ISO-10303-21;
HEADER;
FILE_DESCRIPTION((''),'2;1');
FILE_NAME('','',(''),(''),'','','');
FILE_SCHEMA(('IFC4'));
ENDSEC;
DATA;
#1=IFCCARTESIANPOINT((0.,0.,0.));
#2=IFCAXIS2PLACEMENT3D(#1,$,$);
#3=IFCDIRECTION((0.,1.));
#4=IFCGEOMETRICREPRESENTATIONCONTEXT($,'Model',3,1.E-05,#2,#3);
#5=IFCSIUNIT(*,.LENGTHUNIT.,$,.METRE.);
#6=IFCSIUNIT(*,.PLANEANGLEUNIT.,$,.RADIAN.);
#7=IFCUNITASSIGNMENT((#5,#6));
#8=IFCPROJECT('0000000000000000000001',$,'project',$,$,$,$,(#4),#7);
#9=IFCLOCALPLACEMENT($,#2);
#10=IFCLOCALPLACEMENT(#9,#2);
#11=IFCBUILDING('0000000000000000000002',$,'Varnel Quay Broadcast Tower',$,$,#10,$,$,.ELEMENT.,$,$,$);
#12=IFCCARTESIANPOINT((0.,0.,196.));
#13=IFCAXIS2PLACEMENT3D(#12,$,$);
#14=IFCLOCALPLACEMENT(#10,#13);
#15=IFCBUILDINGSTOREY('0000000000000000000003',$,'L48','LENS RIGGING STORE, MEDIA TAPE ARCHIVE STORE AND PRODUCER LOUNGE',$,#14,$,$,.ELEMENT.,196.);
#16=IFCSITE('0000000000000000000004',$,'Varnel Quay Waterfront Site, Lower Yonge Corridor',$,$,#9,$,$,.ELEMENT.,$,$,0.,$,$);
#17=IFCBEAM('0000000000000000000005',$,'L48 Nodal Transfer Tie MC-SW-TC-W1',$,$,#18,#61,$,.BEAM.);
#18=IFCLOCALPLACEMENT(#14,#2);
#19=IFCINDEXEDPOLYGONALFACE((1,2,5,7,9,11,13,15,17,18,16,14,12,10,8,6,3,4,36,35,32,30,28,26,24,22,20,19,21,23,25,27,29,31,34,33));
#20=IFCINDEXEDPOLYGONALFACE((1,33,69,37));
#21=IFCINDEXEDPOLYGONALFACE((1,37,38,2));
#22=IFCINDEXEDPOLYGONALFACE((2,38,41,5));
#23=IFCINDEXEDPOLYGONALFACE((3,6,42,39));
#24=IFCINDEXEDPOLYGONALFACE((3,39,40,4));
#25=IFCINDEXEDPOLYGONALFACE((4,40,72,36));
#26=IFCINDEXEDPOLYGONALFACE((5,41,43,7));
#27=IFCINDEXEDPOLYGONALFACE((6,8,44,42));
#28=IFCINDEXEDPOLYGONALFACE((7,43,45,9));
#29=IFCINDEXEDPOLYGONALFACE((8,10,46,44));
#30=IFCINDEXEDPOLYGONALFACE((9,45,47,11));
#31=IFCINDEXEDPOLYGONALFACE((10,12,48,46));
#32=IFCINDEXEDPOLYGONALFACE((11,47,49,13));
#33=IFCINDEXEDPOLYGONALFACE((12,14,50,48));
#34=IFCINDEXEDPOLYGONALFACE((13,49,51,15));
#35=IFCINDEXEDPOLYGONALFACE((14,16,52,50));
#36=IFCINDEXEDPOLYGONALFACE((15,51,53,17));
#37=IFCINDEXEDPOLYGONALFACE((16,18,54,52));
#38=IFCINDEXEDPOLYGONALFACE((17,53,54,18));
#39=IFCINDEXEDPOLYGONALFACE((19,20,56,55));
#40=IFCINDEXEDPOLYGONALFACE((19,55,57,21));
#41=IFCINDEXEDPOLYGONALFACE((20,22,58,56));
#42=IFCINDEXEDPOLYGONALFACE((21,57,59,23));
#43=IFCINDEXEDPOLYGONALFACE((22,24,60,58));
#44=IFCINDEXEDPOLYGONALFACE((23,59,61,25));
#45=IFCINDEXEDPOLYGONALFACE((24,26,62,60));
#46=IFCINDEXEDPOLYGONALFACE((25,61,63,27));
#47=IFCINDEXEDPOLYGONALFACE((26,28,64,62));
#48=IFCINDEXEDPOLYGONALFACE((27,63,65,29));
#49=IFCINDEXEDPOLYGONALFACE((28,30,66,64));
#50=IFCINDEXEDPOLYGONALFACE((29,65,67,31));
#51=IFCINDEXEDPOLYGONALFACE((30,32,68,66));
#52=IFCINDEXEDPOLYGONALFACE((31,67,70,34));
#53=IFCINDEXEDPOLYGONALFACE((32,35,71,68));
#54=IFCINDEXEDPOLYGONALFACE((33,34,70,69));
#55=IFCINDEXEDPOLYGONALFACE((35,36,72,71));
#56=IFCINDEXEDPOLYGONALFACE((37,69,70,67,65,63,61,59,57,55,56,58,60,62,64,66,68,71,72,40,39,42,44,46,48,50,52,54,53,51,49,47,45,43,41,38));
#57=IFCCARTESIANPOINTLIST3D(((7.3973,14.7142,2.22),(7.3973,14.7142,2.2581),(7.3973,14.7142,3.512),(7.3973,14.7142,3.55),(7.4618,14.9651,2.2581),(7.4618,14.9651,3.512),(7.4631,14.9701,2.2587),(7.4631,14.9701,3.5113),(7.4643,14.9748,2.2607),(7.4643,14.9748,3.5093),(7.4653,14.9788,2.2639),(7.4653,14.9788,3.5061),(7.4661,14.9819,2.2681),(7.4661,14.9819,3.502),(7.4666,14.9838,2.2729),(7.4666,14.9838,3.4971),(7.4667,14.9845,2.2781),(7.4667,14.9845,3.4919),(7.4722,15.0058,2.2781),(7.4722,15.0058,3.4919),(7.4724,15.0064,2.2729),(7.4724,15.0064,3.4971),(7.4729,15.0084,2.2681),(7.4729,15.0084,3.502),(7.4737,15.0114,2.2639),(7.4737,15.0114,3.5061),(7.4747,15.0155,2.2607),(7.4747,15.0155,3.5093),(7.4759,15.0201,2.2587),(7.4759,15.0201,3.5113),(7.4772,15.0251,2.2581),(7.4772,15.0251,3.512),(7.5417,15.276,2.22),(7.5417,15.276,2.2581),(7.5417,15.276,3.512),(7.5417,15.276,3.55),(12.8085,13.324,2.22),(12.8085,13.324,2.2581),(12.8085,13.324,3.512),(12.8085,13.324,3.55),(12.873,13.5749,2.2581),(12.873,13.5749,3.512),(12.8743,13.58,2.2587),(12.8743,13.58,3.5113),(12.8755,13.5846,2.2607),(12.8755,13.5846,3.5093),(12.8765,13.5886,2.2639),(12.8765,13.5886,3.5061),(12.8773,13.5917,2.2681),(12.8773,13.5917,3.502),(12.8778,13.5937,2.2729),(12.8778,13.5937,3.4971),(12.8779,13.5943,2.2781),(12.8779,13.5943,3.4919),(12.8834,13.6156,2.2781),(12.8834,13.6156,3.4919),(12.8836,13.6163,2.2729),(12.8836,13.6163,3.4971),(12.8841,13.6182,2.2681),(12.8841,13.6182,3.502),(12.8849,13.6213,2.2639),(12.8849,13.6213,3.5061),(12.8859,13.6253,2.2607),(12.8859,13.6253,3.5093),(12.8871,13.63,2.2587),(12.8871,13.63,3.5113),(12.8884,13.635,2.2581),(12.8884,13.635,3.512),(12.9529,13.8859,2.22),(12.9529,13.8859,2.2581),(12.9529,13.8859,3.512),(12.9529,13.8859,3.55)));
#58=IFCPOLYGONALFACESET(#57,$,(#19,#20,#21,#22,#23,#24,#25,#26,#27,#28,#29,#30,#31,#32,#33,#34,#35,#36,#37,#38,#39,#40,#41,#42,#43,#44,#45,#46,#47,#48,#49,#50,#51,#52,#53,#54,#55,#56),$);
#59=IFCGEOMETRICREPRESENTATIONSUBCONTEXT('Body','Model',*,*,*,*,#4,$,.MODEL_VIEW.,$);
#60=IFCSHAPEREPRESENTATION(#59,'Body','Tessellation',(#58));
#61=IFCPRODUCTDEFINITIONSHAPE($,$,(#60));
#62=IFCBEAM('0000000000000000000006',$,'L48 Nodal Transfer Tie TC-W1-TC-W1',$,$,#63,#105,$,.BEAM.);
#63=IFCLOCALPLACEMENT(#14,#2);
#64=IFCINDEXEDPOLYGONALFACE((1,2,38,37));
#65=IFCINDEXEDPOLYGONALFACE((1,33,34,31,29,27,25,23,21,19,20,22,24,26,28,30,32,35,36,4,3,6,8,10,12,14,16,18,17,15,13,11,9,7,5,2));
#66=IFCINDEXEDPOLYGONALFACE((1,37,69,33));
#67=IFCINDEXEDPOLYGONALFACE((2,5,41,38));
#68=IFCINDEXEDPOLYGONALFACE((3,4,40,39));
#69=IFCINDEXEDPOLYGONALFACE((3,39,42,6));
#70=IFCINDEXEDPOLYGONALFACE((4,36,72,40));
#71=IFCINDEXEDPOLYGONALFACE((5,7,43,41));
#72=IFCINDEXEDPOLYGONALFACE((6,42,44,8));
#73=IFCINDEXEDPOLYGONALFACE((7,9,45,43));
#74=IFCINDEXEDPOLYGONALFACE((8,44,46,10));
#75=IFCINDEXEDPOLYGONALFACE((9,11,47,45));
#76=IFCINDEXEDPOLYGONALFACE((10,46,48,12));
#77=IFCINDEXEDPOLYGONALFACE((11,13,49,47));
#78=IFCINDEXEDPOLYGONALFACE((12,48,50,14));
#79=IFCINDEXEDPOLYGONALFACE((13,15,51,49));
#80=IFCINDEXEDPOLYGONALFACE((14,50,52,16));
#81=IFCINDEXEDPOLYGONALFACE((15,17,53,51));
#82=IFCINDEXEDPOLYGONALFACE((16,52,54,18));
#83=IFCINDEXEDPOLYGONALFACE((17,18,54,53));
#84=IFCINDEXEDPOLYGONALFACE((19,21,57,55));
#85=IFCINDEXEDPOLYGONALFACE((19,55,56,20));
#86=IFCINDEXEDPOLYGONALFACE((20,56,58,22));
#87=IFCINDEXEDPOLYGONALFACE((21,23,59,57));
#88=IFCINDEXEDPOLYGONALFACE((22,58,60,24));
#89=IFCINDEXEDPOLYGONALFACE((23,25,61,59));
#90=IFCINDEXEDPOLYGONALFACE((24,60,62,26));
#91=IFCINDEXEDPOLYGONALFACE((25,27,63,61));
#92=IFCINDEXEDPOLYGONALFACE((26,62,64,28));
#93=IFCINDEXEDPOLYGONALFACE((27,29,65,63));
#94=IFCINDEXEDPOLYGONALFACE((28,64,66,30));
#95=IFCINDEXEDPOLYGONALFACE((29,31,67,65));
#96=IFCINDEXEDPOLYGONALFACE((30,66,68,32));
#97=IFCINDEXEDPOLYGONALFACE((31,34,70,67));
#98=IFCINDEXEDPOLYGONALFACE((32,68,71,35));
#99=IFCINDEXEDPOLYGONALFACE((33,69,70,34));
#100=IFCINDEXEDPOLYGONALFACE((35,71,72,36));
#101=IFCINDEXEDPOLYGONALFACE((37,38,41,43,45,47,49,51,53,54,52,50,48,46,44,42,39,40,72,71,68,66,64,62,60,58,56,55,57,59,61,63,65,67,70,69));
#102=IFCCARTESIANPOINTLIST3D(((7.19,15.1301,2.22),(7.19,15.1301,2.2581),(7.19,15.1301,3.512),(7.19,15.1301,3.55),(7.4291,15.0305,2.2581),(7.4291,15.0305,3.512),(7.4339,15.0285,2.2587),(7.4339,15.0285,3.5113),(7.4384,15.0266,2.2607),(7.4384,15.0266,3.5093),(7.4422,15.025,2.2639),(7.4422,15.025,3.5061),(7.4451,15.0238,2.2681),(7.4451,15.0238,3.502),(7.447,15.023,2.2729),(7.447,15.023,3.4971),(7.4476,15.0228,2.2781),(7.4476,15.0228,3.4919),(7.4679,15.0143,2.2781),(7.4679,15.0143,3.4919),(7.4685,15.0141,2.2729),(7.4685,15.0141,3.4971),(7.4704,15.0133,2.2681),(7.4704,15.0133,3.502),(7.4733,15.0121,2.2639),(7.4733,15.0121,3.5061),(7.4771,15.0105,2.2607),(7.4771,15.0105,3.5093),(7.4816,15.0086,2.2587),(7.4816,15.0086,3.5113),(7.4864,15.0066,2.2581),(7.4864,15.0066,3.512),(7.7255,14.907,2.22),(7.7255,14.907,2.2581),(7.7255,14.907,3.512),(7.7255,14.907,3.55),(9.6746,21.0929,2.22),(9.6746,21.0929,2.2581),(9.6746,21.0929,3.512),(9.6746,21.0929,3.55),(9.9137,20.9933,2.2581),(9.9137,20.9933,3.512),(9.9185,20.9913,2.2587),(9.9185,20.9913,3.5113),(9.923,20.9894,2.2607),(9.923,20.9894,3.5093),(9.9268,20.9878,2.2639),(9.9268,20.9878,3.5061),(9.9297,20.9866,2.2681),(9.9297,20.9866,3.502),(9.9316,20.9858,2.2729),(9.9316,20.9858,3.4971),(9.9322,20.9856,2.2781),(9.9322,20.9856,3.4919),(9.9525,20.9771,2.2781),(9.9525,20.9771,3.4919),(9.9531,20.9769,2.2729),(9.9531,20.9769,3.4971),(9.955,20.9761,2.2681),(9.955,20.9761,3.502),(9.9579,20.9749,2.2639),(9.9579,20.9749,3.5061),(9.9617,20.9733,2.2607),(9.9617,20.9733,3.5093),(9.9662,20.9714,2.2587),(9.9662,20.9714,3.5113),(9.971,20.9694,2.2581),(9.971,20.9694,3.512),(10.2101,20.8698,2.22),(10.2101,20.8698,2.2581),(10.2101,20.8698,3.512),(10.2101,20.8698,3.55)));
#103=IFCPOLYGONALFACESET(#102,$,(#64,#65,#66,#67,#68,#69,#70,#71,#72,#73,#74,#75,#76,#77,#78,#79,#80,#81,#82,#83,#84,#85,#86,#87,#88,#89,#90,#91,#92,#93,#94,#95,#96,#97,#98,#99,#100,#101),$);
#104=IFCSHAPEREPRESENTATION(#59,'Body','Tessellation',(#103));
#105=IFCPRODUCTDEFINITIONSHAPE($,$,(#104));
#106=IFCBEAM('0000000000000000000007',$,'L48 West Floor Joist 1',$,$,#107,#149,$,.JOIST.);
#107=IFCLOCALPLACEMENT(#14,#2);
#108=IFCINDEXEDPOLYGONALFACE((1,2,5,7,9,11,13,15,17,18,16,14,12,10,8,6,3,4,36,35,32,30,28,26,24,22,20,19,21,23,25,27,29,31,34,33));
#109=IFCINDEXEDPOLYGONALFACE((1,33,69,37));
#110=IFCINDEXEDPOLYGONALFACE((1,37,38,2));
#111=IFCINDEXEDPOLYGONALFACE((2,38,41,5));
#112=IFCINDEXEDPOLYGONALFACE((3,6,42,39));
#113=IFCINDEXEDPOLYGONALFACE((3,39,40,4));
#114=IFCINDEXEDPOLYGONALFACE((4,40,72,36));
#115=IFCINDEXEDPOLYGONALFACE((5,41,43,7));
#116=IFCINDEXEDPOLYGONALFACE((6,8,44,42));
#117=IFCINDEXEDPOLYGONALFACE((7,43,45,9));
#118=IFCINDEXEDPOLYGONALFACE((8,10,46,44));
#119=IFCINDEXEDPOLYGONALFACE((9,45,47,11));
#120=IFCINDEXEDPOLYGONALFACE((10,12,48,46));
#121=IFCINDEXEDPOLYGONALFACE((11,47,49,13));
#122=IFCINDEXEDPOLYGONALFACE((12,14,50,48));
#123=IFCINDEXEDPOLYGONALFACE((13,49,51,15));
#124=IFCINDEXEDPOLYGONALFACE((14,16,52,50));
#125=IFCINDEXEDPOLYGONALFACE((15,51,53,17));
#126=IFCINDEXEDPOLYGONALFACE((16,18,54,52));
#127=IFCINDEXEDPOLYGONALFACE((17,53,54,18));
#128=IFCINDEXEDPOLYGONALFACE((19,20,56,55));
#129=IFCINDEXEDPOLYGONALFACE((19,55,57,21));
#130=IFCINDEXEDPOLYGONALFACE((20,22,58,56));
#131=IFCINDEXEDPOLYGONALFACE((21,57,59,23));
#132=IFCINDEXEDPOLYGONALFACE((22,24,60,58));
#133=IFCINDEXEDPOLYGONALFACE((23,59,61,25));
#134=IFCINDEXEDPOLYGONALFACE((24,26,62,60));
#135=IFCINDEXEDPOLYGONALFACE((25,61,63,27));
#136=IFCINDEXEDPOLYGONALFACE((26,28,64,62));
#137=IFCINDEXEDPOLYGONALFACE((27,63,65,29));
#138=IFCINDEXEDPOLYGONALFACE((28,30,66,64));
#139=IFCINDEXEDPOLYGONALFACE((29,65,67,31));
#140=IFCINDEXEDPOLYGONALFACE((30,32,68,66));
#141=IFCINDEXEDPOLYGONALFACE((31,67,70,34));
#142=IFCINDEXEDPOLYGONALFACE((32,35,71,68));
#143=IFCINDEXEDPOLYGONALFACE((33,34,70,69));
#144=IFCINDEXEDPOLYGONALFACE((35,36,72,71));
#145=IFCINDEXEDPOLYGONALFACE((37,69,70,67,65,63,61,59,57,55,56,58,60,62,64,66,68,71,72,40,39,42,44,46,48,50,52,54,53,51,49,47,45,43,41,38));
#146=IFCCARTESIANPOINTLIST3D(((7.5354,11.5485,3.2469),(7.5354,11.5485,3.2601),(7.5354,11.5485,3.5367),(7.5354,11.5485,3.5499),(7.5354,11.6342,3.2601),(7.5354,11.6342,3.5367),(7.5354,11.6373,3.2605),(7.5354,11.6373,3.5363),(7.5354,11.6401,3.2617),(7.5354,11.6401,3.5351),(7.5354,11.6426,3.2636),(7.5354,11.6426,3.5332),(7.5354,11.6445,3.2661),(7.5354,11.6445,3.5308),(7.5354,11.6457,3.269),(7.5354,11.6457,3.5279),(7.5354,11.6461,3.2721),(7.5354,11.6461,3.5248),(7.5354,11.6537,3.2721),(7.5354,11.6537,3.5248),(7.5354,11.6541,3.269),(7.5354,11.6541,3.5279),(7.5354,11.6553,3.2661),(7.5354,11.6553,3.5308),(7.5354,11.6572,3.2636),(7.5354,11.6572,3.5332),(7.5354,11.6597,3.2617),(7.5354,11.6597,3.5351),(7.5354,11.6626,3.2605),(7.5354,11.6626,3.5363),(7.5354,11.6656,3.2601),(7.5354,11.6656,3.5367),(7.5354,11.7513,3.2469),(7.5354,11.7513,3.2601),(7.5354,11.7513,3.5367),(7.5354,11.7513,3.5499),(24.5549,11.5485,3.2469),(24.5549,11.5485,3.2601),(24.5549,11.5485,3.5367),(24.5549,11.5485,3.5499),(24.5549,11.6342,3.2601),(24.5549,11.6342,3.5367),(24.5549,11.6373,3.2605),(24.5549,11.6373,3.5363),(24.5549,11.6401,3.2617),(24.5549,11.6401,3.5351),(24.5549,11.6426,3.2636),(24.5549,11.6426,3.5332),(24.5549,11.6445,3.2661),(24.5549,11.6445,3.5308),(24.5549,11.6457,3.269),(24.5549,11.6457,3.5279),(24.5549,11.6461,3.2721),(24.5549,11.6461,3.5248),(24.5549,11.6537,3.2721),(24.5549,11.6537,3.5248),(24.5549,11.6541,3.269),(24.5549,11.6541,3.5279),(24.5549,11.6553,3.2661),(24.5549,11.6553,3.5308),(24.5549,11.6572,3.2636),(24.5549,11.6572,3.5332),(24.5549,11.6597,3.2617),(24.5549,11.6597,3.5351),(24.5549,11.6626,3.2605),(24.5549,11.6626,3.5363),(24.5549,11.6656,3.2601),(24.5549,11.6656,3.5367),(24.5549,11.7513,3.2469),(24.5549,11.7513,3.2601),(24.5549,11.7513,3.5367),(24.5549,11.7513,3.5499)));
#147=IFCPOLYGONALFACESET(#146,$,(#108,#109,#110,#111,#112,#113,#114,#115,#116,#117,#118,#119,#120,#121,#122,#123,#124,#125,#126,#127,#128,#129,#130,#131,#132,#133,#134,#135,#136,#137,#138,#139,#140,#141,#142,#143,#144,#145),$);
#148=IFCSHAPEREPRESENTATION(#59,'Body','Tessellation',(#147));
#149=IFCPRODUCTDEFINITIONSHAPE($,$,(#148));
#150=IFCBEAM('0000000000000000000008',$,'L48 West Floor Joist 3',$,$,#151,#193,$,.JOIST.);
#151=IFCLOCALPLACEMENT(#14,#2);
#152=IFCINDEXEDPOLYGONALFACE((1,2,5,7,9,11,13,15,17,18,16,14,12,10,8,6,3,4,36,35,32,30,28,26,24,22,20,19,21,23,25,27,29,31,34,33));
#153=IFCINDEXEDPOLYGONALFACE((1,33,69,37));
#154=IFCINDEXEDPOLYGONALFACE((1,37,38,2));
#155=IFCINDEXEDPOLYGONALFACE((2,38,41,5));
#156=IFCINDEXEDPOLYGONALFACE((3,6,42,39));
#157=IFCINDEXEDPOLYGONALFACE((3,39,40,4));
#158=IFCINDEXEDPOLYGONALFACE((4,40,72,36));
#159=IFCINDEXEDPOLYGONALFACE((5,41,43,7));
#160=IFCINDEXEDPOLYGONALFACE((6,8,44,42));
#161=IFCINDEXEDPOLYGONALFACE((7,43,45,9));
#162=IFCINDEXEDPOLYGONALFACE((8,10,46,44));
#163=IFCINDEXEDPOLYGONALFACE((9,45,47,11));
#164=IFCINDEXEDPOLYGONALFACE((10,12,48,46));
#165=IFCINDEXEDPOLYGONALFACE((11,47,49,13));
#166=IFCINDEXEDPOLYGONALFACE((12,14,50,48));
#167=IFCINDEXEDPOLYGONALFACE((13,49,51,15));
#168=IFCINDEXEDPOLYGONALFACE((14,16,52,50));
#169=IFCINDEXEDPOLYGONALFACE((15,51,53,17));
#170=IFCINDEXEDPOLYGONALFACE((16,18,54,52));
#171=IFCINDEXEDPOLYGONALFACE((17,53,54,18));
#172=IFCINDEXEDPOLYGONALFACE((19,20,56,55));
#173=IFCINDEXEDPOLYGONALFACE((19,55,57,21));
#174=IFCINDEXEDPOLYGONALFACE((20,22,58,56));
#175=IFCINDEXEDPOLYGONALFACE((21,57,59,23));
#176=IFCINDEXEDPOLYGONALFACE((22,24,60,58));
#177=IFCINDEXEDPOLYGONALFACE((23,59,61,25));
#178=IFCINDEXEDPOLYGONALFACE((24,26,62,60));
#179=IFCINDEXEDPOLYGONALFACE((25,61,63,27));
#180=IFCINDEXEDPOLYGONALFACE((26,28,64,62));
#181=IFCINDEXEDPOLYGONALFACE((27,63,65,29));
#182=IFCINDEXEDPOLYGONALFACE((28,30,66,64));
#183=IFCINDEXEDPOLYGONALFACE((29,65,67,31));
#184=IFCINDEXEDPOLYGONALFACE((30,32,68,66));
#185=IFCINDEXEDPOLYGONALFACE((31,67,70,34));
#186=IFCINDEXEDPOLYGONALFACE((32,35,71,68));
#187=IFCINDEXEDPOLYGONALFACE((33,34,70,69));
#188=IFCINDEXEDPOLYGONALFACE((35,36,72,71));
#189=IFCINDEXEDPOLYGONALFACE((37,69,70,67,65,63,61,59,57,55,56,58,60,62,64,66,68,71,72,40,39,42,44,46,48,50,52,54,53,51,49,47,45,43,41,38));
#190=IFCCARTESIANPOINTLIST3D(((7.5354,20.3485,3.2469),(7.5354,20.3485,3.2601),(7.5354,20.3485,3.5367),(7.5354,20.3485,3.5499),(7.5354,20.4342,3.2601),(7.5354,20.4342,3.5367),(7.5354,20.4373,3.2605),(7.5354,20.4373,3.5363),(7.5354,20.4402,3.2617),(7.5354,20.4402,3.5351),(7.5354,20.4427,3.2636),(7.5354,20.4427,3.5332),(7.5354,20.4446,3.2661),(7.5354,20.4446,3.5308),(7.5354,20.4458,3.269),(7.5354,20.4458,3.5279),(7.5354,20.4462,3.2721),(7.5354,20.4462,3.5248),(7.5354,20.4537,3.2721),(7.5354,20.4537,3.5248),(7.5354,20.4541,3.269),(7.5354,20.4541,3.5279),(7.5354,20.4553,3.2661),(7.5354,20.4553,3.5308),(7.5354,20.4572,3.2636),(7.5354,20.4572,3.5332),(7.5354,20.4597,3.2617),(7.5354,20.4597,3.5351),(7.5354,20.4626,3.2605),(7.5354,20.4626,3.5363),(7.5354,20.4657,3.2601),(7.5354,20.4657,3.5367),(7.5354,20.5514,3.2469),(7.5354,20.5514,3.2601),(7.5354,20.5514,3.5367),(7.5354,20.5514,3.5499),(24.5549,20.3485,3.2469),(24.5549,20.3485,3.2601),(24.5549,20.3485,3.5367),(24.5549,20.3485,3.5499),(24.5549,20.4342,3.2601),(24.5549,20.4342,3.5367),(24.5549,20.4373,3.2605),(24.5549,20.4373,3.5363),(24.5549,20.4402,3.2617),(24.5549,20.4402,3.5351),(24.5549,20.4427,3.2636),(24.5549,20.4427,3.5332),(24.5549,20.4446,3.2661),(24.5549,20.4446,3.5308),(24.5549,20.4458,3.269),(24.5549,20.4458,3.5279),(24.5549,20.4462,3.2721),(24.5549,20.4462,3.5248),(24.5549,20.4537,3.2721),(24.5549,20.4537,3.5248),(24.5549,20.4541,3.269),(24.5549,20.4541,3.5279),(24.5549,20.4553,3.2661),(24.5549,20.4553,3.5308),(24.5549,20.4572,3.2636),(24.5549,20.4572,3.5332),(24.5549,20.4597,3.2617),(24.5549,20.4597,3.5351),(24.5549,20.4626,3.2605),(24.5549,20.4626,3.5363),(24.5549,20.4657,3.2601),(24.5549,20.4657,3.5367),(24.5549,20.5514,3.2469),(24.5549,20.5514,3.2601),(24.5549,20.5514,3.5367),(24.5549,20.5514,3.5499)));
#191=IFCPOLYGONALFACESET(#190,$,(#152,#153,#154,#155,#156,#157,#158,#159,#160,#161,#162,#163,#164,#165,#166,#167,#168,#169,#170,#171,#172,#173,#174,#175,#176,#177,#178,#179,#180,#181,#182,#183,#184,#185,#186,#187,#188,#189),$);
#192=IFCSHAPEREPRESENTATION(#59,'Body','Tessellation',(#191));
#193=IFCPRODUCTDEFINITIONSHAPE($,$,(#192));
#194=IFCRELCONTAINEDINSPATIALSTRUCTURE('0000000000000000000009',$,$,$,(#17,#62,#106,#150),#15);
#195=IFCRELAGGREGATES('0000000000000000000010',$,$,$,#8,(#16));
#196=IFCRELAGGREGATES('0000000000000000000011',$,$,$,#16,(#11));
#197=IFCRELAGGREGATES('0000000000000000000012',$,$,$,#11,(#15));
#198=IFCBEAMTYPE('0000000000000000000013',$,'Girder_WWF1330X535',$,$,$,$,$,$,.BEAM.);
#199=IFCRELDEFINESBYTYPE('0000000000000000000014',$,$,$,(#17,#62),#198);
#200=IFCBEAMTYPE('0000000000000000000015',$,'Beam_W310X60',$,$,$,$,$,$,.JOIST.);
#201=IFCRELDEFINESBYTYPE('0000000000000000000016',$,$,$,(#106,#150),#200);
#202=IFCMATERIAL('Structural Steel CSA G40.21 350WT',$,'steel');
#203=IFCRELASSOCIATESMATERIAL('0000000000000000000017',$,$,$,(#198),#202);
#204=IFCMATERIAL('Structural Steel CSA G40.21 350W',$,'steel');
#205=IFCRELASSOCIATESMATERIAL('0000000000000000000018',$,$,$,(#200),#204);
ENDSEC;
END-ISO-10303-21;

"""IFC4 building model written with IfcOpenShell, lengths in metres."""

from ifc_helpers import new_model, si_unit, direction, frame, origin, origin_2d, place, context, subcontext, project, spatial, i_section, extrude, source, transform, mapped, material, material_profile, profile_set, type_object, type_shapes, element, save


model = new_model("IFC4")

# Units and contexts
model_context = context("Model", 3, precision=1e-05, world=origin(), true_north=direction((0.0, 1.0)))
body_context = subcontext(model_context, "Body", "Model", "MODEL_VIEW")
ifc_project = project(units=[si_unit("LENGTHUNIT", "METRE"), si_unit("PLANEANGLEUNIT", "RADIAN")], contexts=[model_context])

# Site, building, storey
site_placement = place(None, origin())
site = spatial("IfcSite", under=ifc_project, at=site_placement, Name="Varnel Quay Waterfront Site, Lower Yonge Corridor", CompositionType="ELEMENT", RefElevation=0.0)
building_placement = place(site_placement, origin())
building = spatial("IfcBuilding", under=site, at=building_placement, Name="Varnel Quay Broadcast Tower", CompositionType="ELEMENT")
storey_placement = place(building_placement, frame((0.0, 0.0, 196.0)))
storey = spatial("IfcBuildingStorey", under=building, at=storey_placement, Name="L48", Description="LENS RIGGING STORE, MEDIA TAPE ARCHIVE STORE AND PRODUCER LOUNGE", CompositionType="ELEMENT", Elevation=196.0)

# Shared definitions
ifc_material_1 = material(Name="Structural Steel CSA G40.21 350W", Category="steel")

# Beams
ifc_material_2 = material(Name="Structural Steel CSA G40.21 350WT", Category="steel")
ifc_material_profile_1 = material_profile(ifc_material_2, i_section(OverallWidth=0.5801, OverallDepth=1.3301, WebThickness=0.022, FlangeThickness=0.0381, FilletRadius=0.02, at=origin_2d()), Name="WWF1330X535")
ifc_profile_set_1 = profile_set([ifc_material_profile_1], Name="Structural Steel CSA G40.21 350WT")
beam_type_1 = type_object("IfcBeamType", Name="Girder_WWF1330X535", PredefinedType="BEAM", material=ifc_profile_set_1)
shared_shape_1 = source(origin(), body_context, "Body", "SweptSolid", [
    extrude(i_section(OverallWidth=0.5801, OverallDepth=1.3301, WebThickness=0.022, FlangeThickness=0.0381, FilletRadius=0.02, at=origin_2d()), origin(), (0.0, 0.0, 1.0), 5.5869),
])
beam_1_placement = place(storey_placement, frame((7.4695, 14.9951, 2.885), z_axis=(0.968549, -0.248823, 0.0), x_axis=(0.248823, 0.968549, 0.0)))
element("IfcBeam", 1, at=beam_1_placement, inside=storey, type_object=beam_type_1, Name="L48 Nodal Transfer Tie MC-SW-TC-W1", PredefinedType="BEAM", context=body_context, shape_type="MappedRepresentation", body=[
    mapped(shared_shape_1, transform((0.0, 0.0, 0.0), x_axis=(1.0, 0.0, 0.0), y_axis=(0.0, 1.0, 0.0), z_axis=(0.0, 0.0, 1.0), scale=1.0)),
])
shared_shape_2 = source(origin(), body_context, "Body", "SweptSolid", [
    extrude(i_section(OverallWidth=0.5801, OverallDepth=1.3301, WebThickness=0.022, FlangeThickness=0.0381, FilletRadius=0.02, at=origin_2d()), origin(), (0.0, 0.0, 1.0), 6.4597),
])
beam_2_placement = place(storey_placement, frame((7.4578, 15.0186, 2.885), z_axis=(0.384626, 0.923072, 0.0), x_axis=(-0.923072, 0.384626, 0.0)))
element("IfcBeam", 2, at=beam_2_placement, inside=storey, type_object=beam_type_1, Name="L48 Nodal Transfer Tie TC-W1-TC-W1", PredefinedType="BEAM", context=body_context, shape_type="MappedRepresentation", body=[
    mapped(shared_shape_2, transform((0.0, 0.0, 0.0), x_axis=(1.0, 0.0, 0.0), y_axis=(0.0, 1.0, 0.0), z_axis=(0.0, 0.0, 1.0), scale=1.0)),
])
ifc_material_profile_2 = material_profile(ifc_material_1, i_section(OverallWidth=0.2029, OverallDepth=0.303, WebThickness=0.0076, FlangeThickness=0.0132, FilletRadius=0.012, at=origin_2d()), Name="W310X60")
ifc_profile_set_2 = profile_set([ifc_material_profile_2], Name="Structural Steel CSA G40.21 350W")
beam_type_2 = type_object("IfcBeamType", Name="Beam_W310X60", PredefinedType="JOIST", material=ifc_profile_set_2)
shared_shape_3 = source(origin(), body_context, "Body", "SweptSolid", [
    extrude(i_section(OverallWidth=0.2029, OverallDepth=0.303, WebThickness=0.0076, FlangeThickness=0.0132, FilletRadius=0.012, at=origin_2d()), origin(), (0.0, 0.0, 1.0), 17.0195),
])
type_shapes(beam_type_2, [shared_shape_3])
for number, where, z_axis, x_axis, name in (
    (3, (7.5354, 11.6499, 3.3984), (1.0, 0.0, 0.0), (0.0, 1.0, 0.0), "L48 West Floor Joist 1"),
    (4, (7.5354, 20.45, 3.3984), (1.0, 0.0, 0.0), (0.0, 1.0, 0.0), "L48 West Floor Joist 3"),
):
    element("IfcBeam", number, at=place(storey_placement, frame(where, z_axis=z_axis, x_axis=x_axis)), inside=storey, type_object=beam_type_2, Name=name, PredefinedType="JOIST", context=body_context, shape_type="MappedRepresentation", body=[
        mapped(shared_shape_3, transform((0.0, 0.0, 0.0), x_axis=(1.0, 0.0, 0.0), y_axis=(0.0, 1.0, 0.0), z_axis=(0.0, 0.0, 1.0), scale=1.0)),
    ])

save(model, "model.ifc")
